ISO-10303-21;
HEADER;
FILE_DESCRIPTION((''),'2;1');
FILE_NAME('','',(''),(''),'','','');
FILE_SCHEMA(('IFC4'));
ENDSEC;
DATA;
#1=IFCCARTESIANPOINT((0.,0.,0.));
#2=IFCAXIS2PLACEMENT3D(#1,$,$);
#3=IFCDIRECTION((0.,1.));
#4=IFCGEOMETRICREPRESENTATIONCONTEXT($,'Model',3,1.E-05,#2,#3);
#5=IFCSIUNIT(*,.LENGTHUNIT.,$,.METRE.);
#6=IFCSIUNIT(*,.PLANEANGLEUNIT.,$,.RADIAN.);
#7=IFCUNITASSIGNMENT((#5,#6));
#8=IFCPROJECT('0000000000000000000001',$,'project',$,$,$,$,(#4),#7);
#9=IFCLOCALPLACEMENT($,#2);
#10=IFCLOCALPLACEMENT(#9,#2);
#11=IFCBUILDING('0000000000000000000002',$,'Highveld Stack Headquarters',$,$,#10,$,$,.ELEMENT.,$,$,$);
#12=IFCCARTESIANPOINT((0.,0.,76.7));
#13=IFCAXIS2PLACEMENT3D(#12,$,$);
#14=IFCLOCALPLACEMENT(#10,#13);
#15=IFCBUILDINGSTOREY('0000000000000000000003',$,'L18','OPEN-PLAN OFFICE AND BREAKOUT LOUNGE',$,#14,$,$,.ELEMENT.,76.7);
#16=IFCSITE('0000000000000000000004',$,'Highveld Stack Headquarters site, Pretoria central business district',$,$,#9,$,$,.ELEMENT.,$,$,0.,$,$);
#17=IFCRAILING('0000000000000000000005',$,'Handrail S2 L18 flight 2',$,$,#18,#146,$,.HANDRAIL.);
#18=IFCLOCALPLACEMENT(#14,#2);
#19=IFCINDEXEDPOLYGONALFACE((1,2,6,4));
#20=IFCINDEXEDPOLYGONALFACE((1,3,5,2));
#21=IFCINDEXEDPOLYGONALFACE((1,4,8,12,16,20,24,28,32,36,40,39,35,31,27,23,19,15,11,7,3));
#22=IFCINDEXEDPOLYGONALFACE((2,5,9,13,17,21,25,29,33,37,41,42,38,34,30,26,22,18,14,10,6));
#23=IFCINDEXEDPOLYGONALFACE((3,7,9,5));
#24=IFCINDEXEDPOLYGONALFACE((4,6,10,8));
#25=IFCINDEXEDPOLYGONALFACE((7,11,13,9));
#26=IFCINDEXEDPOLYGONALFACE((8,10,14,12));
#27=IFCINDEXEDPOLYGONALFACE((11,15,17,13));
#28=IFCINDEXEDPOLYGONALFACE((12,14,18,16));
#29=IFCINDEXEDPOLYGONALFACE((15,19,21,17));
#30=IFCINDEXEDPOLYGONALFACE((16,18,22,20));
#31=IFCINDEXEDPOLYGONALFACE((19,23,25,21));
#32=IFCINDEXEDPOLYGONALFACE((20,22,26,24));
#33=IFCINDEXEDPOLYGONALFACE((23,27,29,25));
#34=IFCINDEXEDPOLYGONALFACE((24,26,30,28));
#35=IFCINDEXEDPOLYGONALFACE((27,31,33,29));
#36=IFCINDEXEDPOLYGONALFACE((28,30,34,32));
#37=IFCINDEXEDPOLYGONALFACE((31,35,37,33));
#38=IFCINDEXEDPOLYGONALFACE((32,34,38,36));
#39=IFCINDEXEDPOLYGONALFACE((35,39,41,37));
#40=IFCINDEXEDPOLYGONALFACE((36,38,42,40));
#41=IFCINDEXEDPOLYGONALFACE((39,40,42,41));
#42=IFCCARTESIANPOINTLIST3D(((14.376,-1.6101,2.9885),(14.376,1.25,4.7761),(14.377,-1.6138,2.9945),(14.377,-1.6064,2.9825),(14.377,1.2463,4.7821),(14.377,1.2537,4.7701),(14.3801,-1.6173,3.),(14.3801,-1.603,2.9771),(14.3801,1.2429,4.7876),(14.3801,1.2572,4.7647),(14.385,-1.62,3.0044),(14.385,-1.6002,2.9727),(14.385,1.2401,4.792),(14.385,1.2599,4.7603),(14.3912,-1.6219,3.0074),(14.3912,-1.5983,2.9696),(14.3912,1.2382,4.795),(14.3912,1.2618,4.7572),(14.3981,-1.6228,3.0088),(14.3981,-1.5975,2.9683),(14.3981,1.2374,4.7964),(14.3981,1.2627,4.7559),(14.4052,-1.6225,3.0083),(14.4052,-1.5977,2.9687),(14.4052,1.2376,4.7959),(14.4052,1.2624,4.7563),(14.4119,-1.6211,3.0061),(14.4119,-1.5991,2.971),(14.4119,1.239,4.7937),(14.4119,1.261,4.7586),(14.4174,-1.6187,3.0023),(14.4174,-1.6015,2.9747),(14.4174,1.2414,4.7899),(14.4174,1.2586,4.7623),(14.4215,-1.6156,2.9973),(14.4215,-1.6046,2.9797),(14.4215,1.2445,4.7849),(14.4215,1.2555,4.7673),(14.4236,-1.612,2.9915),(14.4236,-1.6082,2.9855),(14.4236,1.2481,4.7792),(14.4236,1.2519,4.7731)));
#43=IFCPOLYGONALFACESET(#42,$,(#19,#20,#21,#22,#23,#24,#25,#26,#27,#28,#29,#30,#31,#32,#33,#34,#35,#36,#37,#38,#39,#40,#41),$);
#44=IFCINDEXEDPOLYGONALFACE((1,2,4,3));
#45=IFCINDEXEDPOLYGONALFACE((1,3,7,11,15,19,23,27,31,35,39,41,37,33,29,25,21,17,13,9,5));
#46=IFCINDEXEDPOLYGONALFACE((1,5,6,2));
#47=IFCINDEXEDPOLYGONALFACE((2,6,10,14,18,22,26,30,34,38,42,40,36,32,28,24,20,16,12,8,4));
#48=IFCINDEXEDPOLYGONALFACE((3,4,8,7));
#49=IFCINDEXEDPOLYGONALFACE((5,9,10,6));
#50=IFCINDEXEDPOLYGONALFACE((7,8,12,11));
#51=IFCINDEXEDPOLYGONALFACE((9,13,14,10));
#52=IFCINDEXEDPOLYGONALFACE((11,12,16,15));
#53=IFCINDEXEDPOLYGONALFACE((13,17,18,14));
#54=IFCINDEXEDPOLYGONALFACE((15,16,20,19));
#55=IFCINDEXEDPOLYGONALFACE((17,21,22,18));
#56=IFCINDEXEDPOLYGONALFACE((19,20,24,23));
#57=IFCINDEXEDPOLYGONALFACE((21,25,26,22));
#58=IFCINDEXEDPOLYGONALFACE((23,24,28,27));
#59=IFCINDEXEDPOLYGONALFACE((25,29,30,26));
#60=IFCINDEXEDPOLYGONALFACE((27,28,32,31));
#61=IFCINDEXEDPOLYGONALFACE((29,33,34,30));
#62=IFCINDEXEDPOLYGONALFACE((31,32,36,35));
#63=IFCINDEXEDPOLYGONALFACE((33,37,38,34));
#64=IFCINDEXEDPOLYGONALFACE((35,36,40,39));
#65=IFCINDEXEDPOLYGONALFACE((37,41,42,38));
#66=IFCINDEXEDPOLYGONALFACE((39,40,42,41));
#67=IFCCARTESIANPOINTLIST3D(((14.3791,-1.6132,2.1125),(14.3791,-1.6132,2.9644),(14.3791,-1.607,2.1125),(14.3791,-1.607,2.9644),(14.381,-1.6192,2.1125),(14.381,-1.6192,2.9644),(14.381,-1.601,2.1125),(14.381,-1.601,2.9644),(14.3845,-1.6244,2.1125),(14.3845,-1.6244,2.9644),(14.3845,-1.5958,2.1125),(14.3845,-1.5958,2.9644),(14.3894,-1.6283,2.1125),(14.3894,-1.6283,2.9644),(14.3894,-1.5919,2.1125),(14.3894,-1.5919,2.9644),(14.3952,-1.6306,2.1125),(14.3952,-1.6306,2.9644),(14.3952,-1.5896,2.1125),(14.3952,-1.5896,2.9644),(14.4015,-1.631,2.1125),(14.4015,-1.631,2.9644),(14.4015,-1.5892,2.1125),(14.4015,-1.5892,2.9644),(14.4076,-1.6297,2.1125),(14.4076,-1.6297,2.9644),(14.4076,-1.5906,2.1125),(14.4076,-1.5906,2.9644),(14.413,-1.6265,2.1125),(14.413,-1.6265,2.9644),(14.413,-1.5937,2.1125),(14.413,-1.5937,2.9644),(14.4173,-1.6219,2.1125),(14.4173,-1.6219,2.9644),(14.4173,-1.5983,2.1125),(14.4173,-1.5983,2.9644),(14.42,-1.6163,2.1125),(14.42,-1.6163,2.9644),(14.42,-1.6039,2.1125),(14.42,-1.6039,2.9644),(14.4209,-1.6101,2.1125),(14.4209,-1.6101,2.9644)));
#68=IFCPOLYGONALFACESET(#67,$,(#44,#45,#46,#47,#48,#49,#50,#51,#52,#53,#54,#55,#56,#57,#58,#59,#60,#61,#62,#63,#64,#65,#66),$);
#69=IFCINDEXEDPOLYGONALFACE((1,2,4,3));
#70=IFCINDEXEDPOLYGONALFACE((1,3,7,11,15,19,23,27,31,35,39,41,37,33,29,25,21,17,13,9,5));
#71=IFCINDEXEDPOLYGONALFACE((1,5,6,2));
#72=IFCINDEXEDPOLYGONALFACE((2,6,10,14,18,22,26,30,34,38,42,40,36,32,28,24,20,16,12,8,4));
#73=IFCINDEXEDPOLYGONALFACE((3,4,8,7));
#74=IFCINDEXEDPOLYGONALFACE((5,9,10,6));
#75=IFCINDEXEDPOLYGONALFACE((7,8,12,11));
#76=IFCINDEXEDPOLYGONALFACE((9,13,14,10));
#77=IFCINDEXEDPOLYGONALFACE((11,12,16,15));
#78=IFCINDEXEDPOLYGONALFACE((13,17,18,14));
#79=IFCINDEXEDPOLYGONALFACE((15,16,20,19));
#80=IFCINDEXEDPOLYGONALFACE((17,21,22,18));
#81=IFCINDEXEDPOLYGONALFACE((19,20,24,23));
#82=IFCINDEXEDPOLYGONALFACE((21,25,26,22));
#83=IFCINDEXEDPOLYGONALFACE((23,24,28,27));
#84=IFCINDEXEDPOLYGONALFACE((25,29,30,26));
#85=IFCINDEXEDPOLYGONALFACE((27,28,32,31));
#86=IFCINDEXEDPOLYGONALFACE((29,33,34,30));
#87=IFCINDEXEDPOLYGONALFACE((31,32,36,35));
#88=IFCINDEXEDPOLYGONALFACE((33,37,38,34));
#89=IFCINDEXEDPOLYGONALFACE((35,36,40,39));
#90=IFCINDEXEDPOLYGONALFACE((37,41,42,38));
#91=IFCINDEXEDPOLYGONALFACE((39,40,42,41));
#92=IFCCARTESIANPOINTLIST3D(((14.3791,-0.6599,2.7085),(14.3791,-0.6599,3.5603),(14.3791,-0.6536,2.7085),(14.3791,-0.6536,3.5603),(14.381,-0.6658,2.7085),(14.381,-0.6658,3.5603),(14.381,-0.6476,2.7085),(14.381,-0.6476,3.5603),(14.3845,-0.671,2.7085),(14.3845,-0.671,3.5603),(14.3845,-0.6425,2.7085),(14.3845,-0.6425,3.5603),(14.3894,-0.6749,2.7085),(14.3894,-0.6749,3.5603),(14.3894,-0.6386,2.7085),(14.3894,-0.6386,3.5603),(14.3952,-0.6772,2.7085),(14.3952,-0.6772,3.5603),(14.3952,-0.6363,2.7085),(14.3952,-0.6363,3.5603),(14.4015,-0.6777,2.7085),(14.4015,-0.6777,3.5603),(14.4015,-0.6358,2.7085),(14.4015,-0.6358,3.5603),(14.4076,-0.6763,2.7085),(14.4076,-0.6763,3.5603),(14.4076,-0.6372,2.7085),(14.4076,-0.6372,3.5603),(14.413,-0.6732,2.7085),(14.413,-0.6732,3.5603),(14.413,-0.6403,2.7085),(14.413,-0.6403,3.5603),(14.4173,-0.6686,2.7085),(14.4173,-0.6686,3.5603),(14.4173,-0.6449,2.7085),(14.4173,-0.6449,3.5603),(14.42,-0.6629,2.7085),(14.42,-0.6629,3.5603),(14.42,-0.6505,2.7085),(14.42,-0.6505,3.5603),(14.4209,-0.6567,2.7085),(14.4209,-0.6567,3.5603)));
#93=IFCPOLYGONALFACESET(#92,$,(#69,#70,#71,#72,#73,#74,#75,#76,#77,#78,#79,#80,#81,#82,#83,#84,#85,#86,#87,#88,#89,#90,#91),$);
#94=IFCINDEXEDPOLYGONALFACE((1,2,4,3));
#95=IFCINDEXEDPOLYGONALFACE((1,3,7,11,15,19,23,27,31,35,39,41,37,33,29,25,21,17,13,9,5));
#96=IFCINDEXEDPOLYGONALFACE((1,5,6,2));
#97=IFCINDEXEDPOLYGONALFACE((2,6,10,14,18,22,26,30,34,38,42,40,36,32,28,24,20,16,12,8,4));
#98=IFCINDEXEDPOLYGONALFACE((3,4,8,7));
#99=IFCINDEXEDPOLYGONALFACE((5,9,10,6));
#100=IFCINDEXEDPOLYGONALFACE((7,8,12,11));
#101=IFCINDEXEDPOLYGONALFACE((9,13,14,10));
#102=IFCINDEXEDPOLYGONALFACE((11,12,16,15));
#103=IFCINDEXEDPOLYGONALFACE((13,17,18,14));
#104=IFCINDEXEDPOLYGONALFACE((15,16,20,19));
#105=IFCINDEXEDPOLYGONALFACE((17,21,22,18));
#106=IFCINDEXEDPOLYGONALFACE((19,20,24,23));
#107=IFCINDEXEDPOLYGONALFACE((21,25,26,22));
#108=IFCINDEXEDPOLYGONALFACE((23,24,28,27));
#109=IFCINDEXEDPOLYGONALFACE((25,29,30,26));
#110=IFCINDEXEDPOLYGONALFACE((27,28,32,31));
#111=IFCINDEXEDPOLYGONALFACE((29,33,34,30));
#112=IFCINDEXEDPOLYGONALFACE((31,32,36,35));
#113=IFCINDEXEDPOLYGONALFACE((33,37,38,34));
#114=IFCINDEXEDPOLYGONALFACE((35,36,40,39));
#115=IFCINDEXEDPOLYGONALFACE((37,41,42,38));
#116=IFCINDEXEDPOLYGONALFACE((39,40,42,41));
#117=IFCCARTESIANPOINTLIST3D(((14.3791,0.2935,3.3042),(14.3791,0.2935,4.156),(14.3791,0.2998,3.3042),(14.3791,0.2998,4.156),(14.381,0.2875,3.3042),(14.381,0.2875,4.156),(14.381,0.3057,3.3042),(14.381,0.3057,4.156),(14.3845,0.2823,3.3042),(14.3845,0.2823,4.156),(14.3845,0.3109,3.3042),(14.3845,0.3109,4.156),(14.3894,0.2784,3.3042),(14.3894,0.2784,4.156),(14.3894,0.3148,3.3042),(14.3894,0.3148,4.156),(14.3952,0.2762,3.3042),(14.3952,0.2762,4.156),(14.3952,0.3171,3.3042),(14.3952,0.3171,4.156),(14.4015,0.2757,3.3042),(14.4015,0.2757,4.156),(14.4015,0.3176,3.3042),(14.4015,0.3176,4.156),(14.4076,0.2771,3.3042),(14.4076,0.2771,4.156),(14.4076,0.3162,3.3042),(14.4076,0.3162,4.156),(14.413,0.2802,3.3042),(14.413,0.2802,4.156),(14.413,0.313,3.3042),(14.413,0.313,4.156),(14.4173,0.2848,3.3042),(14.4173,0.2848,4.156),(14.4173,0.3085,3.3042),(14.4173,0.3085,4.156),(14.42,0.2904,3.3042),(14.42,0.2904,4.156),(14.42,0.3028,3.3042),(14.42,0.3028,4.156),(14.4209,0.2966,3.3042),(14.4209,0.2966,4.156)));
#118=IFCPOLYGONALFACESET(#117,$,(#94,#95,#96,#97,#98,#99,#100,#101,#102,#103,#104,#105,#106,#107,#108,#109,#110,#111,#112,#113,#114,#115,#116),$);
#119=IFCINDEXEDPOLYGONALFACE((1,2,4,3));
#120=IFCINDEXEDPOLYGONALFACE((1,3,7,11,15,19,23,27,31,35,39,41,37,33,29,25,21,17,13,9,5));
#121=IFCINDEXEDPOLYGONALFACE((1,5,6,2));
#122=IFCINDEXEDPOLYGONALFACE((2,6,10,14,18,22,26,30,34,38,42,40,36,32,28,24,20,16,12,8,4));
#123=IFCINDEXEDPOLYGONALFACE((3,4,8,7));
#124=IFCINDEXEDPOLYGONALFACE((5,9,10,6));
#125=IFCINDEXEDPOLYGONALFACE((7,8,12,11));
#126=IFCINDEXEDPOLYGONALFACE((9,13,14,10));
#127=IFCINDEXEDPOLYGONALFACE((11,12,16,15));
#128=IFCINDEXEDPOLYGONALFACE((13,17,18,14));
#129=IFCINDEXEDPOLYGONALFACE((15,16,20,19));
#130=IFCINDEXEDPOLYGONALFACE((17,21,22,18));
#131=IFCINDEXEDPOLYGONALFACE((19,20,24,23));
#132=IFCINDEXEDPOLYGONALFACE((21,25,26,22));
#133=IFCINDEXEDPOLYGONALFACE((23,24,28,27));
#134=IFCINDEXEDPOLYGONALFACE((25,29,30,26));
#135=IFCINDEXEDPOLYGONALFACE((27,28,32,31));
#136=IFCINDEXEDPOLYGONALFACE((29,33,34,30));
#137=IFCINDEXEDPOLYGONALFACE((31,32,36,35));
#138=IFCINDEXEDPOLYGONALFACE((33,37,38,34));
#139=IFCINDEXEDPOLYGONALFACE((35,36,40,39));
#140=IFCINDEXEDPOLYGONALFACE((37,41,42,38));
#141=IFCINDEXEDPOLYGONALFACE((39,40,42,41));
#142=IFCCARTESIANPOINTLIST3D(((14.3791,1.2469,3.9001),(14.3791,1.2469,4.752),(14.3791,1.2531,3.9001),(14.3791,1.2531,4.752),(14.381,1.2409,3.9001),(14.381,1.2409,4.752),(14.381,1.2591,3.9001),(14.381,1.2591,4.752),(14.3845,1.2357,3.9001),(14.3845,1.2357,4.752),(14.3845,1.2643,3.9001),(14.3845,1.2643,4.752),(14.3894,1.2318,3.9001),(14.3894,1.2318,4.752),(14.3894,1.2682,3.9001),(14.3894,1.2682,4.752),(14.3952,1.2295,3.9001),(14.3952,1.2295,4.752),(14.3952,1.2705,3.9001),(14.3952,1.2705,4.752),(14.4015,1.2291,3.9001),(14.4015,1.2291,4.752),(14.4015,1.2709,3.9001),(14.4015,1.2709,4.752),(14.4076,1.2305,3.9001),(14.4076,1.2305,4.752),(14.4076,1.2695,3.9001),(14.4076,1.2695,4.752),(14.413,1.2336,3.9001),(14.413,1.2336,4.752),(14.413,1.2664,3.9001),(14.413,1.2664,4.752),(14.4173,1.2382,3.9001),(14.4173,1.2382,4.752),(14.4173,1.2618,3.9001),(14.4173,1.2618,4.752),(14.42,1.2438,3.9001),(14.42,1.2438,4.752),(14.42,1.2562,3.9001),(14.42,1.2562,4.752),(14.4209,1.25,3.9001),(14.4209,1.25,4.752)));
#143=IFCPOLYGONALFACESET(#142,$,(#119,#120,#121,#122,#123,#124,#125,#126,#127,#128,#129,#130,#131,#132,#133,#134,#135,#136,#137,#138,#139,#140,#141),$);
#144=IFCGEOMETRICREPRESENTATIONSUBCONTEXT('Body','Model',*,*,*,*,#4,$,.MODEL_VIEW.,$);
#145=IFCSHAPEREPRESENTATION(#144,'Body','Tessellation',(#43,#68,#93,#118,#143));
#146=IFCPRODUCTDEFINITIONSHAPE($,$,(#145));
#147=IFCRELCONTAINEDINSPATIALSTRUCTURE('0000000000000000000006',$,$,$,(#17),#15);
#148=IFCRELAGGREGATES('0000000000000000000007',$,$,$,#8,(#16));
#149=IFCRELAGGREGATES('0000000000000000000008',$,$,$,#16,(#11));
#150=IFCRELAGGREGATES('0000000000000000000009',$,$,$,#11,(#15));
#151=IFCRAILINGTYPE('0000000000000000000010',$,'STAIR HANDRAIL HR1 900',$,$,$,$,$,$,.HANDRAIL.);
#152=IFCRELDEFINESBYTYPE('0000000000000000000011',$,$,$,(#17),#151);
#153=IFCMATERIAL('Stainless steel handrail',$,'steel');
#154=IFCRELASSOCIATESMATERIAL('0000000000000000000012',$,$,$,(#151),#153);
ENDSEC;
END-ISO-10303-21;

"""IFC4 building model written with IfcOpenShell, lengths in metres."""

from ifc_helpers import new_model, si_unit, direction, frame, origin, origin_2d, place, context, subcontext, project, spatial, circle, extrude, material, type_object, element, save


model = new_model("IFC4")

# Units and contexts
model_context = context("Model", 3, precision=1e-05, world=origin(), true_north=direction((0.0, 1.0)))
body_context = subcontext(model_context, "Body", "Model", "MODEL_VIEW")
ifc_project = project(units=[si_unit("LENGTHUNIT", "METRE"), si_unit("PLANEANGLEUNIT", "RADIAN")], contexts=[model_context])

# Site, building, storey
site_placement = place(None, origin())
site = spatial("IfcSite", under=ifc_project, at=site_placement, Name="Highveld Stack Headquarters site, Pretoria central business district", CompositionType="ELEMENT", RefElevation=0.0)
building_placement = place(site_placement, origin())
building = spatial("IfcBuilding", under=site, at=building_placement, Name="Highveld Stack Headquarters", CompositionType="ELEMENT")
storey_placement = place(building_placement, frame((0.0, 0.0, 76.7)))
storey = spatial("IfcBuildingStorey", under=building, at=storey_placement, Name="L18", Description="OPEN-PLAN OFFICE AND BREAKOUT LOUNGE", CompositionType="ELEMENT", Elevation=76.7)

# Railing
ifc_material_1 = material(Name="Stainless steel handrail", Category="steel")
railing_type = type_object("IfcRailingType", Name="STAIR HANDRAIL HR1 900", PredefinedType="HANDRAIL", material=ifc_material_1)
for number, where, name in (
    (1, (14.3999, -1.6101, 2.1125), "Handrail S2 L18 flight 2"),
):
    element("IfcRailing", number, at=place(storey_placement, frame(where)), inside=storey, type_object=railing_type, Name=name, PredefinedType="HANDRAIL", context=body_context, shape_type="SweptSolid", body=[
        extrude(circle(Radius=0.0239, at=origin_2d()), frame((0.0, 0.0, 0.876), z_axis=(0.0, 0.847994, 0.530005), x_axis=(-1.0, 0.0, 0.0)), (0.0, 0.0, 1.0), 3.3728),
        extrude(circle(Radius=0.021, at=origin_2d()), origin(), (0.0, 0.0, 1.0), 0.8518),
        extrude(circle(Radius=0.021, at=origin_2d()), frame((0.0, 0.9534, 0.5959)), (0.0, 0.0, 1.0), 0.8518),
        extrude(circle(Radius=0.021, at=origin_2d()), frame((0.0, 1.9067, 1.1917)), (0.0, 0.0, 1.0), 0.8518),
        extrude(circle(Radius=0.021, at=origin_2d()), frame((0.0, 2.8601, 1.7876)), (0.0, 0.0, 1.0), 0.8518),
    ])

save(model, "model.ifc")
